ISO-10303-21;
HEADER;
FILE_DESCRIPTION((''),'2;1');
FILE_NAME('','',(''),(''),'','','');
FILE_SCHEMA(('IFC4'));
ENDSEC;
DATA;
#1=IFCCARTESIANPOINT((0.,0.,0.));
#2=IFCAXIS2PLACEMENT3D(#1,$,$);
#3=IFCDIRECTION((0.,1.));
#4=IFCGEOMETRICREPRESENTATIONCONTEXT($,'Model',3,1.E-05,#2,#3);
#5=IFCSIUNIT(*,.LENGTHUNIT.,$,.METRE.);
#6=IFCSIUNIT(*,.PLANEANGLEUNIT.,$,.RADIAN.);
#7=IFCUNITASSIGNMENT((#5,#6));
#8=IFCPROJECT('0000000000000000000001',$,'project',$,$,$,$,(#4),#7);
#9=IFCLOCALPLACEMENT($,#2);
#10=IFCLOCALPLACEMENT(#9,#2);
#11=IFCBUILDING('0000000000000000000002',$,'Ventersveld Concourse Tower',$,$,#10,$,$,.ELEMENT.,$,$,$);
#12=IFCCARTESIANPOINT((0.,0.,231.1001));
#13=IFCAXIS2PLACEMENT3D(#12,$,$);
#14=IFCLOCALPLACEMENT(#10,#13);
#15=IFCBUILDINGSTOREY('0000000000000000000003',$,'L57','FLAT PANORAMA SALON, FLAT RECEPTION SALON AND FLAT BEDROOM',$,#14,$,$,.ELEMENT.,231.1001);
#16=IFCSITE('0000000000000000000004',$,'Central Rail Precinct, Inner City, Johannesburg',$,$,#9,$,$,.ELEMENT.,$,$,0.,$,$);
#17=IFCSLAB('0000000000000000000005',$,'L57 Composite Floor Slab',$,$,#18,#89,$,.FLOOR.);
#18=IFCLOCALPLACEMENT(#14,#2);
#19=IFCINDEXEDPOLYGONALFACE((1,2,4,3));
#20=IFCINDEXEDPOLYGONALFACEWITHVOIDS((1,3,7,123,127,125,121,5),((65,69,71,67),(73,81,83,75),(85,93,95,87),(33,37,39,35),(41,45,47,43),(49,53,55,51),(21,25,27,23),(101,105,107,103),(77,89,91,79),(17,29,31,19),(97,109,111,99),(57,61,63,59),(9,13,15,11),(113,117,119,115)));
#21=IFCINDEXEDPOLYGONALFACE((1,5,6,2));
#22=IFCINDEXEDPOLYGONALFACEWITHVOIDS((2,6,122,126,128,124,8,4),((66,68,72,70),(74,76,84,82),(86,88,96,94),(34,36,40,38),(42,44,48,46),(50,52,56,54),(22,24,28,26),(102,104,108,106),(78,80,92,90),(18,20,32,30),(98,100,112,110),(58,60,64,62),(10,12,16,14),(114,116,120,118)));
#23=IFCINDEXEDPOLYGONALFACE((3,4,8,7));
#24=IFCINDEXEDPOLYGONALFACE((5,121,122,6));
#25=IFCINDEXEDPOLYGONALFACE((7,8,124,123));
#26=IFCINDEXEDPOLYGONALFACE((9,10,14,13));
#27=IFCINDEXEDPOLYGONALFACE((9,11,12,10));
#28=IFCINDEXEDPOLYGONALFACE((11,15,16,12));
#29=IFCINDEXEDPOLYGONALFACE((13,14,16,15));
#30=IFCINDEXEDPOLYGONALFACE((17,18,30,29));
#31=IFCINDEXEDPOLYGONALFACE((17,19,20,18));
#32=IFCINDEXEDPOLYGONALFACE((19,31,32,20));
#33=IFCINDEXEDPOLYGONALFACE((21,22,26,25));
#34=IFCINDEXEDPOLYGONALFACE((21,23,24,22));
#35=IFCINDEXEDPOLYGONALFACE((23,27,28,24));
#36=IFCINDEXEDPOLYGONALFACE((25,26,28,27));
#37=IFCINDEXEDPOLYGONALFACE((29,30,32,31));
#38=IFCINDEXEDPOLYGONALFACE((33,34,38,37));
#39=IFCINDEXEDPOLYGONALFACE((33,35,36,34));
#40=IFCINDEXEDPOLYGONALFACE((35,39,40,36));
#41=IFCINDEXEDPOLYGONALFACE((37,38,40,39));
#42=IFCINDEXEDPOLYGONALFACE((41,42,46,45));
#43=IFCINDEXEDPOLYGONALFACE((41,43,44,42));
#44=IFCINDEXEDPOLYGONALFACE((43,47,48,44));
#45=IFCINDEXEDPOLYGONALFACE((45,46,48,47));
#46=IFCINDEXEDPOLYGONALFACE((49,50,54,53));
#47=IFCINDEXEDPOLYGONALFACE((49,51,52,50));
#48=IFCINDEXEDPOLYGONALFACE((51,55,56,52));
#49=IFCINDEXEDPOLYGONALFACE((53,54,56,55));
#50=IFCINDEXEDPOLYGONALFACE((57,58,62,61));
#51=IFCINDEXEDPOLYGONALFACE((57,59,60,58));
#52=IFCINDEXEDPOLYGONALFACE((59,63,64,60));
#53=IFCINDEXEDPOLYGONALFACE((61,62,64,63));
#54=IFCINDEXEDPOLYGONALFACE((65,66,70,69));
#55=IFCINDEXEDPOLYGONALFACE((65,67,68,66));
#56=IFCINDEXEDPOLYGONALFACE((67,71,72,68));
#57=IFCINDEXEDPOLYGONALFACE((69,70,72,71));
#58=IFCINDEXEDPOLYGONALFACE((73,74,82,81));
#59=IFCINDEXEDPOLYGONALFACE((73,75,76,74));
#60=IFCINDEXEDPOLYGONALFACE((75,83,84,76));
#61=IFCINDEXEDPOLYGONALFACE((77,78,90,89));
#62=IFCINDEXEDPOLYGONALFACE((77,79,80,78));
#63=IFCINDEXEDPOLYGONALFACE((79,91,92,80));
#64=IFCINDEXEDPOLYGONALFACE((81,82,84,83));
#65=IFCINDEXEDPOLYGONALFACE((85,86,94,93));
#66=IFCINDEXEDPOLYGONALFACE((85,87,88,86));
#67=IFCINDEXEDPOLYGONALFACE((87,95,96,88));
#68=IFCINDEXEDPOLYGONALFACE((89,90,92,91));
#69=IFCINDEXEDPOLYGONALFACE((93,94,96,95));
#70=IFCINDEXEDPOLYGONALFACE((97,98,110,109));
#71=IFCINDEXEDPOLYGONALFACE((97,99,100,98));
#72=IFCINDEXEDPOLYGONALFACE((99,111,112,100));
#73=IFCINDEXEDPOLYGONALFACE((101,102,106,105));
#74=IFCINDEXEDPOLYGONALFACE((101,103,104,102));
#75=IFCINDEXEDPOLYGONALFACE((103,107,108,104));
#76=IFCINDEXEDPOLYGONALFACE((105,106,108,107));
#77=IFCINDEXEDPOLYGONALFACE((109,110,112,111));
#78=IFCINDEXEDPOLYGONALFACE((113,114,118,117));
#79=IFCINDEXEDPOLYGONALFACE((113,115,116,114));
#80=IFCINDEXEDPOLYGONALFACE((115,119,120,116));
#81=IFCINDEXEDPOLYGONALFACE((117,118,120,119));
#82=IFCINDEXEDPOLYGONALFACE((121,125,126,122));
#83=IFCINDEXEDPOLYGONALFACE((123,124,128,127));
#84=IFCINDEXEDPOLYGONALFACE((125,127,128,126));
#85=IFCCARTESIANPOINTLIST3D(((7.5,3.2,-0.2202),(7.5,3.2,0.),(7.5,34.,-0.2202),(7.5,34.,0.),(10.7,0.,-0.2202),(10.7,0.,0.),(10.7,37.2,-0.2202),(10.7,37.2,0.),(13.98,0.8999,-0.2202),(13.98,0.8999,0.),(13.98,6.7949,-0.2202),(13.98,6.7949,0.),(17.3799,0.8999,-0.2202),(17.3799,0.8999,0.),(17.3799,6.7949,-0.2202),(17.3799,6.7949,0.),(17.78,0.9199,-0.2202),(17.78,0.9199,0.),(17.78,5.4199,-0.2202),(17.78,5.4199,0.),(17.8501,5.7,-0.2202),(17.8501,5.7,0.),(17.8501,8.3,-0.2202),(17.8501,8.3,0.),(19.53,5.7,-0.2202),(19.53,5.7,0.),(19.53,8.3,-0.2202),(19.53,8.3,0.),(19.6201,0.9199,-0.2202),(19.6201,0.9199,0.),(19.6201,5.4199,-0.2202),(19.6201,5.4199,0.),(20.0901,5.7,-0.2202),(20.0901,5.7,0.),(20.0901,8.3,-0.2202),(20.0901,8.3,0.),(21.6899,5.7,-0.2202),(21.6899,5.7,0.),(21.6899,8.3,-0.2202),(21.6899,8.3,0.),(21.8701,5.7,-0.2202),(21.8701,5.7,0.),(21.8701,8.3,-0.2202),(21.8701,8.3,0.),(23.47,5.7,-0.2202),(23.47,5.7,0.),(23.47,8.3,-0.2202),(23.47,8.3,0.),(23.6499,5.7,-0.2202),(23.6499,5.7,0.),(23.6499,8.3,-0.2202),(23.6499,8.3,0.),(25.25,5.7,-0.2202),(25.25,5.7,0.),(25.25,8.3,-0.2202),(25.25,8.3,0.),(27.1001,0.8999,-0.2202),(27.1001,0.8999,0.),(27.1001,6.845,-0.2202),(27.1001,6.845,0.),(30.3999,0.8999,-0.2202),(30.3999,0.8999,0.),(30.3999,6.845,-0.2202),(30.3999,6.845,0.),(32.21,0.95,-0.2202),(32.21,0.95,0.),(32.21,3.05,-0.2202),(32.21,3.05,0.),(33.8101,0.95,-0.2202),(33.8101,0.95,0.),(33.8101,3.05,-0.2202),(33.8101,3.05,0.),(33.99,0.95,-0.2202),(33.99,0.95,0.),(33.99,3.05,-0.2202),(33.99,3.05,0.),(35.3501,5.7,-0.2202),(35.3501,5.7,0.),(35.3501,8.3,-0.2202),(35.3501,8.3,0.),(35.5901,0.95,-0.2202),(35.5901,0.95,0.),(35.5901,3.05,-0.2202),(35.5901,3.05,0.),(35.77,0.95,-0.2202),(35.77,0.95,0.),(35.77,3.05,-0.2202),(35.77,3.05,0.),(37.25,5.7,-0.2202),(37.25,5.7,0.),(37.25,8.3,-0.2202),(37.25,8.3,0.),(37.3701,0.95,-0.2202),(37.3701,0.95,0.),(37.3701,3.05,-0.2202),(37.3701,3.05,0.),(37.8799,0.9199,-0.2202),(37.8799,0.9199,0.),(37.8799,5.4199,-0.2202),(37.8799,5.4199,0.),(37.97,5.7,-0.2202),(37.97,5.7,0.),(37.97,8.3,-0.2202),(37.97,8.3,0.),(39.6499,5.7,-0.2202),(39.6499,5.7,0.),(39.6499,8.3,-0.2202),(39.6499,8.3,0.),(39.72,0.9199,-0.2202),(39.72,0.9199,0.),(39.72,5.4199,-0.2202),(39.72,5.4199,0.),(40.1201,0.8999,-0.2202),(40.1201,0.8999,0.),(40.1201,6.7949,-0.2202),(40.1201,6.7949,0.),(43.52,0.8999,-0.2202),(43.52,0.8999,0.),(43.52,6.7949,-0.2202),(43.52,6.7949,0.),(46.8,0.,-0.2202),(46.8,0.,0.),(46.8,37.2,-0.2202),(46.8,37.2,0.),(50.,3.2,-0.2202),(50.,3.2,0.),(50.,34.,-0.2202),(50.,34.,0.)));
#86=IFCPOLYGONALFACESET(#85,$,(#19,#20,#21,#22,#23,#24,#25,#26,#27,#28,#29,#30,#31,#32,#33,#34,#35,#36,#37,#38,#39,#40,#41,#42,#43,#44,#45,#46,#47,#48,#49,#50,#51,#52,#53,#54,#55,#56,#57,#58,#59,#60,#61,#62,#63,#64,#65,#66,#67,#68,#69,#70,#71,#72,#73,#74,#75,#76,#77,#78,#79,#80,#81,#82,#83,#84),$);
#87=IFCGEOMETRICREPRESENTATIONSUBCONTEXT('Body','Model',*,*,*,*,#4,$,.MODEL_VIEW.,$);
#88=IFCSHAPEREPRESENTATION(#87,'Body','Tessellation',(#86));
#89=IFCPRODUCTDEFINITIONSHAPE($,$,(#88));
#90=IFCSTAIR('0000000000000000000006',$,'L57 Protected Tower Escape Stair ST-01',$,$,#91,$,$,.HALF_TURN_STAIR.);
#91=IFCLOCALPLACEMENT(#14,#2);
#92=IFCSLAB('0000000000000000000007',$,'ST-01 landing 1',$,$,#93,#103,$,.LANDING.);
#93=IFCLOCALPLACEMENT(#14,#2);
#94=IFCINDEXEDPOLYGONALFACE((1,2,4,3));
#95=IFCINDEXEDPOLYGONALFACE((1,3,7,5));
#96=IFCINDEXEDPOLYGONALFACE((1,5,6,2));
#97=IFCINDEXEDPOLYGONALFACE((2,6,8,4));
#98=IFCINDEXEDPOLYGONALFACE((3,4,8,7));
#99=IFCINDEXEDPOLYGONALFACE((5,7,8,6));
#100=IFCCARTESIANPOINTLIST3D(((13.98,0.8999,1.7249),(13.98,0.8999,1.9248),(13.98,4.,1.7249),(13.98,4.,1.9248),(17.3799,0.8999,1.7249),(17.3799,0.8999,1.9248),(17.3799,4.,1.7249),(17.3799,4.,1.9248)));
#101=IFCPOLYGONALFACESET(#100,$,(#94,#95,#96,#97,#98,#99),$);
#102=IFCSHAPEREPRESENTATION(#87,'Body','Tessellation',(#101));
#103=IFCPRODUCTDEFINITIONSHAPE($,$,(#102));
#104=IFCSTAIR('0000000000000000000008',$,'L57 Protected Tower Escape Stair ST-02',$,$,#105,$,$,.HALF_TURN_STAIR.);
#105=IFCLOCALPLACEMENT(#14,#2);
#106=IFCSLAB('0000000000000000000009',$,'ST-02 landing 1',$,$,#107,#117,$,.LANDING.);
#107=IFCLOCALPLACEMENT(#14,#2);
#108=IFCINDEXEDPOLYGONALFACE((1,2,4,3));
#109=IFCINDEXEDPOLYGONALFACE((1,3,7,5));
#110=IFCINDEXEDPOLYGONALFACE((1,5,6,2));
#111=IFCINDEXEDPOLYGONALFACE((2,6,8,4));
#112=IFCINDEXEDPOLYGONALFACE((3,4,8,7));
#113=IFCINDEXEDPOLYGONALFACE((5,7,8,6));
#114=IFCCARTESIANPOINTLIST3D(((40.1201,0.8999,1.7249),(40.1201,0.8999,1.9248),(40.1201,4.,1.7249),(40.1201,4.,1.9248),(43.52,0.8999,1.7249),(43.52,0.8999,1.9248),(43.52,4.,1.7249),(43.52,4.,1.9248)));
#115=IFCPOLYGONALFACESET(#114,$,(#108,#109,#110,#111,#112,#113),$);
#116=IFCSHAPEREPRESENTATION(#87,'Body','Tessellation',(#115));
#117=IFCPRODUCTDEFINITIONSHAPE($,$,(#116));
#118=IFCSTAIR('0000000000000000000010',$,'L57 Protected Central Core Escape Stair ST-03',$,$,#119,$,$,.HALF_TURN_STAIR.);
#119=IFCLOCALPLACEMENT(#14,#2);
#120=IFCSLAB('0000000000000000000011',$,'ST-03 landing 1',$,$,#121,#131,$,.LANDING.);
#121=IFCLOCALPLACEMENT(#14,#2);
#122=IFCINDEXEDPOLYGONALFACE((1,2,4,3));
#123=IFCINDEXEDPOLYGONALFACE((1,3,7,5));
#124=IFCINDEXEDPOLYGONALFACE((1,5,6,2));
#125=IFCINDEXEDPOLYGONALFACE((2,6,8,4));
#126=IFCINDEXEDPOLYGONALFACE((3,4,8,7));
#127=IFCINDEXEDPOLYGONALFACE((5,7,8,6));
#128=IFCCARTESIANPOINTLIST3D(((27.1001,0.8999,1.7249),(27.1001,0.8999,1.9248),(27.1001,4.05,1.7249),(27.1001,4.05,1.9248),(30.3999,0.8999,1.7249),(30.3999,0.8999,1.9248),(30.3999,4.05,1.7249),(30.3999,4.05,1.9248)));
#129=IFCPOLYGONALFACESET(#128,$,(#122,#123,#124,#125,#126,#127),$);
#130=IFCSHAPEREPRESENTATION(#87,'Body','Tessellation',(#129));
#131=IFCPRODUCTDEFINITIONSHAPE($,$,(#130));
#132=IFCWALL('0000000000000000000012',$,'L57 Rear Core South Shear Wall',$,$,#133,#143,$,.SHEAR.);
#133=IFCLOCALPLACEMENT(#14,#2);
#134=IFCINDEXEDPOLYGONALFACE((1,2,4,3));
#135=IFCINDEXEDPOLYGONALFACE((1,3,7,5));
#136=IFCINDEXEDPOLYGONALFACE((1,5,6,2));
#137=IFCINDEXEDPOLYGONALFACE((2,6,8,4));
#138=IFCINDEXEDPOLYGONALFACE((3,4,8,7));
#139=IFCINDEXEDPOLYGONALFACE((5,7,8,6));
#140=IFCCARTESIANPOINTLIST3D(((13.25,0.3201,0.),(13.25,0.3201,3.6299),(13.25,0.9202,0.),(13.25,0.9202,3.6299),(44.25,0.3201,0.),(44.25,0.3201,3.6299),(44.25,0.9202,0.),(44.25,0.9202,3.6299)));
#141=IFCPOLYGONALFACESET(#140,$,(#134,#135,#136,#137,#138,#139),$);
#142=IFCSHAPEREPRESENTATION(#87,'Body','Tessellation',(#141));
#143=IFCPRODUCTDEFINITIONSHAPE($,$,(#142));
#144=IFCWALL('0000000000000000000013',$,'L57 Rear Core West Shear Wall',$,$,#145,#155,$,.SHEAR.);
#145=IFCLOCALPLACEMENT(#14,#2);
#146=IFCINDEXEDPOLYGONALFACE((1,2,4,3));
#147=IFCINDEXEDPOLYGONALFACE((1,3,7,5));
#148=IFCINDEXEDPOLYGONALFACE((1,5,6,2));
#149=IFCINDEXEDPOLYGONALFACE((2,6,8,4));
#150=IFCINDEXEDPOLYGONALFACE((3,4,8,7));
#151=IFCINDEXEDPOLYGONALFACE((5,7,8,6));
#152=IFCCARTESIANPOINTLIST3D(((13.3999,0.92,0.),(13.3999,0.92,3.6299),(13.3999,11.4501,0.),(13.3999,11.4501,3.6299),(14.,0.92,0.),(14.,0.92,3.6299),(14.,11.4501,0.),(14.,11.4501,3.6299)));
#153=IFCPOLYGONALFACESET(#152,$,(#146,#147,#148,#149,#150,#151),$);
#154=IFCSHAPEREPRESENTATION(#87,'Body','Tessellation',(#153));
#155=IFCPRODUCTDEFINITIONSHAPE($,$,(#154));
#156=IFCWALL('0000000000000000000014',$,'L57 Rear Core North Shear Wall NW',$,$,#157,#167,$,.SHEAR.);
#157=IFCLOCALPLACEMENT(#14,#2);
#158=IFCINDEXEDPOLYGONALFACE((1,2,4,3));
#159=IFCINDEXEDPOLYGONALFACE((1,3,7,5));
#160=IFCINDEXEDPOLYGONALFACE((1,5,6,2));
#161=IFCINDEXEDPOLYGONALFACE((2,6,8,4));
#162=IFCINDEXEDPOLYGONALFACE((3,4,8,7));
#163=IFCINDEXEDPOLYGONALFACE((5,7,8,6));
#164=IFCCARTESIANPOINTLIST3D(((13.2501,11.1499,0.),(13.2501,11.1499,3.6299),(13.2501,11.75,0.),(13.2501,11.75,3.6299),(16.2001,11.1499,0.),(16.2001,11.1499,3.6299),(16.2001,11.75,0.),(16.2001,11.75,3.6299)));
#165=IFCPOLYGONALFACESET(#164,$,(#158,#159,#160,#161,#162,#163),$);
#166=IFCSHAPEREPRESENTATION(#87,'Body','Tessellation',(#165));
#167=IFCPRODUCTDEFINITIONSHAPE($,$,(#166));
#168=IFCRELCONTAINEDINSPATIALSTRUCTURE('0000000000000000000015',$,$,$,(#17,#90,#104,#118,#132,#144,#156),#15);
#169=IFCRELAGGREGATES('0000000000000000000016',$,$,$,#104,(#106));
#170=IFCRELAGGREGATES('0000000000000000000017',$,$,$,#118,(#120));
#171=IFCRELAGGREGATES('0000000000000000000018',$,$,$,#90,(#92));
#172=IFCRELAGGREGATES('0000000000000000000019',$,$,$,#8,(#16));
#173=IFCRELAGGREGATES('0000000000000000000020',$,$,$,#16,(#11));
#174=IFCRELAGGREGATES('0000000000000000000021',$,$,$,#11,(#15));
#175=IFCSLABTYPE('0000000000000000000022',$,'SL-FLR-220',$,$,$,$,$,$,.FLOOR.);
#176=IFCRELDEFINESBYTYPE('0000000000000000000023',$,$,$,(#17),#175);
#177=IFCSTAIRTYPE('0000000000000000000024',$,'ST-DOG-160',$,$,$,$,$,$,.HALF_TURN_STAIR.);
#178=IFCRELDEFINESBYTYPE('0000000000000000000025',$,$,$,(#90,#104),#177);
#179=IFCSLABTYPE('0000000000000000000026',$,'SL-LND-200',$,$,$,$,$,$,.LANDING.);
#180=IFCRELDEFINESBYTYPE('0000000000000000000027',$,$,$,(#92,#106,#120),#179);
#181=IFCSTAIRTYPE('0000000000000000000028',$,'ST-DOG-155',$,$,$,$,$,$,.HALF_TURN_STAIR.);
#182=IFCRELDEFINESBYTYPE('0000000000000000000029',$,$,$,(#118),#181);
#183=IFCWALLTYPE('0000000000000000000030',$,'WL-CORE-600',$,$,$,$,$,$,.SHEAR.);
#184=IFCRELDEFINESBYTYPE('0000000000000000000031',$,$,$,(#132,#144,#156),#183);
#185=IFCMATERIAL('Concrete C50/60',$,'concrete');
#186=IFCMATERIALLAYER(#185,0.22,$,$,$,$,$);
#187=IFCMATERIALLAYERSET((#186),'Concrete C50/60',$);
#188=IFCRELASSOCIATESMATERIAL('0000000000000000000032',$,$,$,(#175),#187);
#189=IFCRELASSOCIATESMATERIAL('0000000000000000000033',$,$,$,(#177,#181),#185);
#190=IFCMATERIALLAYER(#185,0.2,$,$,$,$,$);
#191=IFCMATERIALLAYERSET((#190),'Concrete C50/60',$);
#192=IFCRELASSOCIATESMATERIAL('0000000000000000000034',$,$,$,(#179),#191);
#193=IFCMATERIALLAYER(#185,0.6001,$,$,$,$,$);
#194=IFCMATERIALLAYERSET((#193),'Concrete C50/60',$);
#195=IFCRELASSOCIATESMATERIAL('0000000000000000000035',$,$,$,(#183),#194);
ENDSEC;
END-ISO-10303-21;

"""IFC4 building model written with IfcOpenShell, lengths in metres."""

from ifc_helpers import new_model, si_unit, direction, frame, frame_2d, origin, place, context, subcontext, project, spatial, polyline, rectangle, outline, extrude, material, layer, layer_set, type_object, element, aggregate, save


model = new_model("IFC4")

# Units and contexts
model_context = context("Model", 3, precision=1e-05, world=origin(), true_north=direction((0.0, 1.0)))
body_context = subcontext(model_context, "Body", "Model", "MODEL_VIEW")
ifc_project = project(units=[si_unit("LENGTHUNIT", "METRE"), si_unit("PLANEANGLEUNIT", "RADIAN")], contexts=[model_context])

# Site, building, storey
site_placement = place(None, origin())
site = spatial("IfcSite", under=ifc_project, at=site_placement, Name="Central Rail Precinct, Inner City, Johannesburg", CompositionType="ELEMENT", RefElevation=0.0)
building_placement = place(site_placement, origin())
building = spatial("IfcBuilding", under=site, at=building_placement, Name="Ventersveld Concourse Tower", CompositionType="ELEMENT")
storey_placement = place(building_placement, frame((0.0, 0.0, 231.1001)))
storey = spatial("IfcBuildingStorey", under=building, at=storey_placement, Name="L57", Description="FLAT PANORAMA SALON, FLAT RECEPTION SALON AND FLAT BEDROOM", CompositionType="ELEMENT", Elevation=231.1001)

# Shared definitions
ifc_material_1 = material(Name="Concrete C50/60", Category="concrete")

# Slab
ifc_layer_1 = layer(ifc_material_1, 0.22)
ifc_layer_set_1 = layer_set([ifc_layer_1], Name="Concrete C50/60")
slab_type_1 = type_object("IfcSlabType", Name="SL-FLR-220", PredefinedType="FLOOR", material=ifc_layer_set_1)
slab_1_placement = place(storey_placement, frame((0.0, 0.0, -0.2202)))
element("IfcSlab", 1, at=slab_1_placement, inside=storey, type_object=slab_type_1, Name="L57 Composite Floor Slab", PredefinedType="FLOOR", context=body_context, shape_type="SweptSolid", body=[
    extrude(outline(polyline([(10.7, 0.0), (46.8, 0.0), (50.0, 3.2), (50.0, 34.0), (46.8, 37.2), (10.7, 37.2), (7.5, 34.0), (7.5, 3.2), (10.7, 0.0)]), holes=[polyline([(13.98, 6.7949), (13.98, 0.8999), (17.3799, 0.8999), (17.3799, 6.7949), (13.98, 6.7949)]), polyline([(40.1201, 6.7949), (40.1201, 0.8999), (43.52, 0.8999), (43.52, 6.7949), (40.1201, 6.7949)]), polyline([(27.1001, 6.845), (27.1001, 0.8999), (30.3999, 0.8999), (30.3999, 6.845), (27.1001, 6.845)]), polyline([(17.8501, 5.7), (19.53, 5.7), (19.53, 8.3), (17.8501, 8.3), (17.8501, 5.7)]), polyline([(37.97, 5.7), (39.6499, 5.7), (39.6499, 8.3), (37.97, 8.3), (37.97, 5.7)]), polyline([(35.3501, 5.7), (37.25, 5.7), (37.25, 8.3), (35.3501, 8.3), (35.3501, 5.7)]), polyline([(32.21, 0.95), (33.8101, 0.95), (33.8101, 3.05), (32.21, 3.05), (32.21, 0.95)]), polyline([(33.99, 0.95), (35.5901, 0.95), (35.5901, 3.05), (33.99, 3.05), (33.99, 0.95)]), polyline([(35.77, 0.95), (37.3701, 0.95), (37.3701, 3.05), (35.77, 3.05), (35.77, 0.95)]), polyline([(20.0901, 5.7), (21.6899, 5.7), (21.6899, 8.3), (20.0901, 8.3), (20.0901, 5.7)]), polyline([(21.8701, 5.7), (23.47, 5.7), (23.47, 8.3), (21.8701, 8.3), (21.8701, 5.7)]), polyline([(23.6499, 5.7), (25.25, 5.7), (25.25, 8.3), (23.6499, 8.3), (23.6499, 5.7)]), polyline([(17.78, 0.9199), (19.6201, 0.9199), (19.6201, 5.4199), (17.78, 5.4199), (17.78, 0.9199)]), polyline([(37.8799, 0.9199), (39.72, 0.9199), (39.72, 5.4199), (37.8799, 5.4199), (37.8799, 0.9199)])]), origin(), (0.0, 0.0, 1.0), 0.2202),
])

# Stairs, slabs
stair_type_1 = type_object("IfcStairType", Name="ST-DOG-160", PredefinedType="HALF_TURN_STAIR", material=ifc_material_1)
stair_1_placement = place(storey_placement, origin())
stair_1 = element("IfcStair", 2, at=stair_1_placement, inside=storey, type_object=stair_type_1, Name="L57 Protected Tower Escape Stair ST-01", PredefinedType="HALF_TURN_STAIR")
ifc_layer_2 = layer(ifc_material_1, 0.2)
ifc_layer_set_2 = layer_set([ifc_layer_2], Name="Concrete C50/60")
slab_type_2 = type_object("IfcSlabType", Name="SL-LND-200", PredefinedType="LANDING", material=ifc_layer_set_2)
slab_2_placement = place(storey_placement, frame((0.0, 0.0, 1.7249)))
slab_2 = element("IfcSlab", 3, at=slab_2_placement, type_object=slab_type_2, Name="ST-01 landing 1", PredefinedType="LANDING", context=body_context, shape_type="SweptSolid", body=[
    extrude(outline(polyline([(13.98, 4.0), (13.98, 0.8999), (17.3799, 0.8999), (17.3799, 4.0), (13.98, 4.0)])), origin(), (0.0, 0.0, 1.0), 0.2),
])
stair_2_placement = place(storey_placement, origin())
stair_2 = element("IfcStair", 4, at=stair_2_placement, inside=storey, type_object=stair_type_1, Name="L57 Protected Tower Escape Stair ST-02", PredefinedType="HALF_TURN_STAIR")
slab_3_placement = place(storey_placement, frame((0.0, 0.0, 1.7249)))
slab_3 = element("IfcSlab", 5, at=slab_3_placement, type_object=slab_type_2, Name="ST-02 landing 1", PredefinedType="LANDING", context=body_context, shape_type="SweptSolid", body=[
    extrude(outline(polyline([(40.1201, 4.0), (40.1201, 0.8999), (43.52, 0.8999), (43.52, 4.0), (40.1201, 4.0)])), origin(), (0.0, 0.0, 1.0), 0.2),
])
aggregate(stair_2, [slab_3])
stair_type_2 = type_object("IfcStairType", Name="ST-DOG-155", PredefinedType="HALF_TURN_STAIR", material=ifc_material_1)
stair_3_placement = place(storey_placement, origin())
stair_3 = element("IfcStair", 6, at=stair_3_placement, inside=storey, type_object=stair_type_2, Name="L57 Protected Central Core Escape Stair ST-03", PredefinedType="HALF_TURN_STAIR")
slab_4_placement = place(storey_placement, frame((0.0, 0.0, 1.7249)))
slab_4 = element("IfcSlab", 7, at=slab_4_placement, type_object=slab_type_2, Name="ST-03 landing 1", PredefinedType="LANDING", context=body_context, shape_type="SweptSolid", body=[
    extrude(outline(polyline([(27.1001, 4.05), (27.1001, 0.8999), (30.3999, 0.8999), (30.3999, 4.05), (27.1001, 4.05)])), origin(), (0.0, 0.0, 1.0), 0.2),
])
aggregate(stair_3, [slab_4])

# Walls
ifc_layer_3 = layer(ifc_material_1, 0.6001)
ifc_layer_set_3 = layer_set([ifc_layer_3], Name="Concrete C50/60")
wall_type_1 = type_object("IfcWallType", Name="WL-CORE-600", PredefinedType="SHEAR", material=ifc_layer_set_3)
wall_1_placement = place(storey_placement, frame((13.25, 0.6201, 0.0), z_axis=(0.0, 0.0, 1.0), x_axis=(1.0, 0.0, 0.0)))
element("IfcWall", 8, at=wall_1_placement, inside=storey, type_object=wall_type_1, Name="L57 Rear Core South Shear Wall", PredefinedType="SHEAR", context=body_context, shape_type="SweptSolid", body=[
    extrude(rectangle(XDim=31.0, YDim=0.6001, at=frame_2d((15.5, 0.0))), origin(), (0.0, 0.0, 1.0), 3.6299),
])
wall_2_placement = place(storey_placement, frame((13.7, 0.9199, 0.0), z_axis=(0.0, 0.0, 1.0), x_axis=(0.0, 1.0, 0.0)))
element("IfcWall", 9, at=wall_2_placement, inside=storey, type_object=wall_type_1, Name="L57 Rear Core West Shear Wall", PredefinedType="SHEAR", context=body_context, shape_type="SweptSolid", body=[
    extrude(rectangle(XDim=10.53, YDim=0.6001, at=frame_2d((5.2651, 0.0))), origin(), (0.0, 0.0, 1.0), 3.6299),
])
wall_3_placement = place(storey_placement, frame((13.25, 11.45, 0.0), z_axis=(0.0, 0.0, 1.0), x_axis=(1.0, 0.0, 0.0)))
element("IfcWall", 10, at=wall_3_placement, inside=storey, type_object=wall_type_1, Name="L57 Rear Core North Shear Wall NW", PredefinedType="SHEAR", context=body_context, shape_type="SweptSolid", body=[
    extrude(rectangle(XDim=2.95, YDim=0.6001, at=frame_2d((1.4751, 0.0))), origin(), (0.0, 0.0, 1.0), 3.6299),
])

aggregate(stair_1, [slab_2])

save(model, "model.ifc")
